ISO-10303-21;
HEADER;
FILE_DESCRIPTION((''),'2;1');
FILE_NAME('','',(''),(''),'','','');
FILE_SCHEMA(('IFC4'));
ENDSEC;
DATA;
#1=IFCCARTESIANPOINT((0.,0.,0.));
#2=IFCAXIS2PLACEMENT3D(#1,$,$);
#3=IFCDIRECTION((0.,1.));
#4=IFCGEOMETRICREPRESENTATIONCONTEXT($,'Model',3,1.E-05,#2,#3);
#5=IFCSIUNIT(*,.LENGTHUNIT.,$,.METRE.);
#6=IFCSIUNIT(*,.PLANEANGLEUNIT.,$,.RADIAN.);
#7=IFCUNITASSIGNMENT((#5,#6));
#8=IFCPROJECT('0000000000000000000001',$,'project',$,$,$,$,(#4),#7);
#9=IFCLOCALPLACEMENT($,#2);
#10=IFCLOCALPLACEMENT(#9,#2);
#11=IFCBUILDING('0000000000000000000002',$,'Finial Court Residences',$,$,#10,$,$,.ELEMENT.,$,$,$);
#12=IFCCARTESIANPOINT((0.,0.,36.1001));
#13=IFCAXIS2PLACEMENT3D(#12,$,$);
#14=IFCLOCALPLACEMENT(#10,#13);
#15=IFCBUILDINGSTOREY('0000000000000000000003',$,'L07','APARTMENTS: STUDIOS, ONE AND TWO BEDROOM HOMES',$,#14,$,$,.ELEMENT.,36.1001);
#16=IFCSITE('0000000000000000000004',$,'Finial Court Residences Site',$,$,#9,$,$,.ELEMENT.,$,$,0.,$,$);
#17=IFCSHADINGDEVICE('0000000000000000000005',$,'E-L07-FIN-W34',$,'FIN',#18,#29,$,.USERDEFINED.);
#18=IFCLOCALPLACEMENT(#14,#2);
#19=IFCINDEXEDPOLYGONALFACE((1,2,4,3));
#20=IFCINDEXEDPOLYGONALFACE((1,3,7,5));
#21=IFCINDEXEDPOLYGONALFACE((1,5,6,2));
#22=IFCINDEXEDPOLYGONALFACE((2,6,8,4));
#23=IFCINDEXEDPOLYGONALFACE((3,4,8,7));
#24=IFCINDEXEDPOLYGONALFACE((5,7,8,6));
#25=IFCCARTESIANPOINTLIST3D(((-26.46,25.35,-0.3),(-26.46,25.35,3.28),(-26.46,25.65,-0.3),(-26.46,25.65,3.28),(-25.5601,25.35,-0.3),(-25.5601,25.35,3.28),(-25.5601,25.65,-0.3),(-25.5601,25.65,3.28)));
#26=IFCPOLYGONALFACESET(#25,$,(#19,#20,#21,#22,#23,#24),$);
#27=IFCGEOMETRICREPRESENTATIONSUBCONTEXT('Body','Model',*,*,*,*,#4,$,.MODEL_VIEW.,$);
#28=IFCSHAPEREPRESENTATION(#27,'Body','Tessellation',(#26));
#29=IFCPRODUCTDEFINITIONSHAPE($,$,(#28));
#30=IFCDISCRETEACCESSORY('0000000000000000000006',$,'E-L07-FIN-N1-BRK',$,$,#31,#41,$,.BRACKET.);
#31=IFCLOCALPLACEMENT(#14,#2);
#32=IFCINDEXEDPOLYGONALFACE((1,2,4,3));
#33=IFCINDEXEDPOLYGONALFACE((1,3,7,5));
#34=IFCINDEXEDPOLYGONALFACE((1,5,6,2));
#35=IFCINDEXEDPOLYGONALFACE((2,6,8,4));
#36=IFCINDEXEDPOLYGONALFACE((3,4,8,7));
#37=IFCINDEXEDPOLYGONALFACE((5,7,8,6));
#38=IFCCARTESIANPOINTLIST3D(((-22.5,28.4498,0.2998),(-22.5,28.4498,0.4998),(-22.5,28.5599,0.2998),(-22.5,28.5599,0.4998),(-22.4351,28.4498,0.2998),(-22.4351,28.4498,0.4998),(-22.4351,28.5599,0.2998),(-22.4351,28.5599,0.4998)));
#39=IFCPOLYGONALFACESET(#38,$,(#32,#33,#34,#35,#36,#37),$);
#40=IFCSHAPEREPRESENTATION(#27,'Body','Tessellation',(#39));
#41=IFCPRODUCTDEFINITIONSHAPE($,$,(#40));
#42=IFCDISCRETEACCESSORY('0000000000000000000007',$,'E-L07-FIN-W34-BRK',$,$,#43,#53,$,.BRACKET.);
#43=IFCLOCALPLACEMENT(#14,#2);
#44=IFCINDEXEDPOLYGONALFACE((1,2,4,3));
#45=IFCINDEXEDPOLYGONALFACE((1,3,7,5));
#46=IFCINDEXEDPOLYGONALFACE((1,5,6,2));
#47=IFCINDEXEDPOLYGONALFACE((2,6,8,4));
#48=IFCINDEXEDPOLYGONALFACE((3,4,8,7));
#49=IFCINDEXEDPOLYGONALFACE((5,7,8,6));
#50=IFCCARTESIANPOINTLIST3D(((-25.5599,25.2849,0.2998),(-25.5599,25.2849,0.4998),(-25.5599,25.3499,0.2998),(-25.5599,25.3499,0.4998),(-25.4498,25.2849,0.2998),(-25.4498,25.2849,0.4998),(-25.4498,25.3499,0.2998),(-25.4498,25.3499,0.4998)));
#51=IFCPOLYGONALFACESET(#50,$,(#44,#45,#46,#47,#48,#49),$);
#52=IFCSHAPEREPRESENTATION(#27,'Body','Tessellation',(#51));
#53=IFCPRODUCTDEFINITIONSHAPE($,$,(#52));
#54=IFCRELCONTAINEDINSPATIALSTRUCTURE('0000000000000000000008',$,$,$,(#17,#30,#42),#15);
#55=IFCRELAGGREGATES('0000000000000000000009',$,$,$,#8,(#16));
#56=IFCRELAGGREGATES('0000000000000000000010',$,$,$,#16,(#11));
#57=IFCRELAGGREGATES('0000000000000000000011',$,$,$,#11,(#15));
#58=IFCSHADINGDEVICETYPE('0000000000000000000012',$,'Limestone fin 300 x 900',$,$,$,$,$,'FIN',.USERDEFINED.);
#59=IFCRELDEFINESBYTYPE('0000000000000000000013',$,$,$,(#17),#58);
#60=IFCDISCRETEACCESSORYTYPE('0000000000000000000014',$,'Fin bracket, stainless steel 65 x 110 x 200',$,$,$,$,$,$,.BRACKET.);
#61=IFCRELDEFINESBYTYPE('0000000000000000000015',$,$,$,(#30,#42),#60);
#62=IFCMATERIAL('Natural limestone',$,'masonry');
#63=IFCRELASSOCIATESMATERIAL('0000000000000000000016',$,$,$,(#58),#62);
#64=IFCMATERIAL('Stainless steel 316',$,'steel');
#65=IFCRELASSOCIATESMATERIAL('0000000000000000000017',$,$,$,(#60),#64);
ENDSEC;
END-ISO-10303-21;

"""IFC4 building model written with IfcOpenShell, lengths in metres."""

from ifc_helpers import new_model, si_unit, direction, frame, origin, origin_2d, place, context, subcontext, project, spatial, rectangle, extrude, material, type_object, element, save


model = new_model("IFC4")

# Units and contexts
model_context = context("Model", 3, precision=1e-05, world=origin(), true_north=direction((0.0, 1.0)))
body_context = subcontext(model_context, "Body", "Model", "MODEL_VIEW")
ifc_project = project(units=[si_unit("LENGTHUNIT", "METRE"), si_unit("PLANEANGLEUNIT", "RADIAN")], contexts=[model_context])

# Site, building, storey
site_placement = place(None, origin())
site = spatial("IfcSite", under=ifc_project, at=site_placement, Name="Finial Court Residences Site", CompositionType="ELEMENT", RefElevation=0.0)
building_placement = place(site_placement, origin())
building = spatial("IfcBuilding", under=site, at=building_placement, Name="Finial Court Residences", CompositionType="ELEMENT")
storey_placement = place(building_placement, frame((0.0, 0.0, 36.1001)))
storey = spatial("IfcBuildingStorey", under=building, at=storey_placement, Name="L07", Description="APARTMENTS: STUDIOS, ONE AND TWO BEDROOM HOMES", CompositionType="ELEMENT", Elevation=36.1001)

# Shared definitions
ifc_material_1 = material(Name="Natural limestone", Category="masonry")

# Shading device
shading_device_type = type_object("IfcShadingDeviceType", Name="Limestone fin 300 x 900", ElementType="FIN", PredefinedType="USERDEFINED", material=ifc_material_1)
shading_device_1_placement = place(storey_placement, frame((-26.01, 25.5, -0.3), z_axis=(0.0, 0.0, 1.0), x_axis=(1.0, 0.0, 0.0)))
element("IfcShadingDevice", 1, at=shading_device_1_placement, inside=storey, type_object=shading_device_type, Name="E-L07-FIN-W34", ObjectType="FIN", PredefinedType="USERDEFINED", context=body_context, shape_type="SweptSolid", body=[
    extrude(rectangle(XDim=0.8999, YDim=0.3, at=origin_2d()), origin(), (0.0, 0.0, 1.0), 3.5801),
])

# Discrete accessories
ifc_material_2 = material(Name="Stainless steel 316", Category="steel")
discrete_accessory_type = type_object("IfcDiscreteAccessoryType", Name="Fin bracket, stainless steel 65 x 110 x 200", PredefinedType="BRACKET", material=ifc_material_2)
discrete_accessory_1_placement = place(storey_placement, frame((-22.4675, 28.5049, 0.2998), z_axis=(0.0, 0.0, 1.0), x_axis=(1.0, 0.0, 0.0)))
element("IfcDiscreteAccessory", 2, at=discrete_accessory_1_placement, inside=storey, type_object=discrete_accessory_type, Name="E-L07-FIN-N1-BRK", PredefinedType="BRACKET", context=body_context, shape_type="SweptSolid", body=[
    extrude(rectangle(XDim=0.0649, YDim=0.1101, at=origin_2d()), origin(), (0.0, 0.0, 1.0), 0.2),
])
discrete_accessory_2_placement = place(storey_placement, frame((-25.5049, 25.3174, 0.2998), z_axis=(0.0, 0.0, 1.0), x_axis=(1.0, 0.0, 0.0)))
element("IfcDiscreteAccessory", 3, at=discrete_accessory_2_placement, inside=storey, type_object=discrete_accessory_type, Name="E-L07-FIN-W34-BRK", PredefinedType="BRACKET", context=body_context, shape_type="SweptSolid", body=[
    extrude(rectangle(XDim=0.1101, YDim=0.0649, at=origin_2d()), origin(), (0.0, 0.0, 1.0), 0.2),
])

save(model, "model.ifc")
